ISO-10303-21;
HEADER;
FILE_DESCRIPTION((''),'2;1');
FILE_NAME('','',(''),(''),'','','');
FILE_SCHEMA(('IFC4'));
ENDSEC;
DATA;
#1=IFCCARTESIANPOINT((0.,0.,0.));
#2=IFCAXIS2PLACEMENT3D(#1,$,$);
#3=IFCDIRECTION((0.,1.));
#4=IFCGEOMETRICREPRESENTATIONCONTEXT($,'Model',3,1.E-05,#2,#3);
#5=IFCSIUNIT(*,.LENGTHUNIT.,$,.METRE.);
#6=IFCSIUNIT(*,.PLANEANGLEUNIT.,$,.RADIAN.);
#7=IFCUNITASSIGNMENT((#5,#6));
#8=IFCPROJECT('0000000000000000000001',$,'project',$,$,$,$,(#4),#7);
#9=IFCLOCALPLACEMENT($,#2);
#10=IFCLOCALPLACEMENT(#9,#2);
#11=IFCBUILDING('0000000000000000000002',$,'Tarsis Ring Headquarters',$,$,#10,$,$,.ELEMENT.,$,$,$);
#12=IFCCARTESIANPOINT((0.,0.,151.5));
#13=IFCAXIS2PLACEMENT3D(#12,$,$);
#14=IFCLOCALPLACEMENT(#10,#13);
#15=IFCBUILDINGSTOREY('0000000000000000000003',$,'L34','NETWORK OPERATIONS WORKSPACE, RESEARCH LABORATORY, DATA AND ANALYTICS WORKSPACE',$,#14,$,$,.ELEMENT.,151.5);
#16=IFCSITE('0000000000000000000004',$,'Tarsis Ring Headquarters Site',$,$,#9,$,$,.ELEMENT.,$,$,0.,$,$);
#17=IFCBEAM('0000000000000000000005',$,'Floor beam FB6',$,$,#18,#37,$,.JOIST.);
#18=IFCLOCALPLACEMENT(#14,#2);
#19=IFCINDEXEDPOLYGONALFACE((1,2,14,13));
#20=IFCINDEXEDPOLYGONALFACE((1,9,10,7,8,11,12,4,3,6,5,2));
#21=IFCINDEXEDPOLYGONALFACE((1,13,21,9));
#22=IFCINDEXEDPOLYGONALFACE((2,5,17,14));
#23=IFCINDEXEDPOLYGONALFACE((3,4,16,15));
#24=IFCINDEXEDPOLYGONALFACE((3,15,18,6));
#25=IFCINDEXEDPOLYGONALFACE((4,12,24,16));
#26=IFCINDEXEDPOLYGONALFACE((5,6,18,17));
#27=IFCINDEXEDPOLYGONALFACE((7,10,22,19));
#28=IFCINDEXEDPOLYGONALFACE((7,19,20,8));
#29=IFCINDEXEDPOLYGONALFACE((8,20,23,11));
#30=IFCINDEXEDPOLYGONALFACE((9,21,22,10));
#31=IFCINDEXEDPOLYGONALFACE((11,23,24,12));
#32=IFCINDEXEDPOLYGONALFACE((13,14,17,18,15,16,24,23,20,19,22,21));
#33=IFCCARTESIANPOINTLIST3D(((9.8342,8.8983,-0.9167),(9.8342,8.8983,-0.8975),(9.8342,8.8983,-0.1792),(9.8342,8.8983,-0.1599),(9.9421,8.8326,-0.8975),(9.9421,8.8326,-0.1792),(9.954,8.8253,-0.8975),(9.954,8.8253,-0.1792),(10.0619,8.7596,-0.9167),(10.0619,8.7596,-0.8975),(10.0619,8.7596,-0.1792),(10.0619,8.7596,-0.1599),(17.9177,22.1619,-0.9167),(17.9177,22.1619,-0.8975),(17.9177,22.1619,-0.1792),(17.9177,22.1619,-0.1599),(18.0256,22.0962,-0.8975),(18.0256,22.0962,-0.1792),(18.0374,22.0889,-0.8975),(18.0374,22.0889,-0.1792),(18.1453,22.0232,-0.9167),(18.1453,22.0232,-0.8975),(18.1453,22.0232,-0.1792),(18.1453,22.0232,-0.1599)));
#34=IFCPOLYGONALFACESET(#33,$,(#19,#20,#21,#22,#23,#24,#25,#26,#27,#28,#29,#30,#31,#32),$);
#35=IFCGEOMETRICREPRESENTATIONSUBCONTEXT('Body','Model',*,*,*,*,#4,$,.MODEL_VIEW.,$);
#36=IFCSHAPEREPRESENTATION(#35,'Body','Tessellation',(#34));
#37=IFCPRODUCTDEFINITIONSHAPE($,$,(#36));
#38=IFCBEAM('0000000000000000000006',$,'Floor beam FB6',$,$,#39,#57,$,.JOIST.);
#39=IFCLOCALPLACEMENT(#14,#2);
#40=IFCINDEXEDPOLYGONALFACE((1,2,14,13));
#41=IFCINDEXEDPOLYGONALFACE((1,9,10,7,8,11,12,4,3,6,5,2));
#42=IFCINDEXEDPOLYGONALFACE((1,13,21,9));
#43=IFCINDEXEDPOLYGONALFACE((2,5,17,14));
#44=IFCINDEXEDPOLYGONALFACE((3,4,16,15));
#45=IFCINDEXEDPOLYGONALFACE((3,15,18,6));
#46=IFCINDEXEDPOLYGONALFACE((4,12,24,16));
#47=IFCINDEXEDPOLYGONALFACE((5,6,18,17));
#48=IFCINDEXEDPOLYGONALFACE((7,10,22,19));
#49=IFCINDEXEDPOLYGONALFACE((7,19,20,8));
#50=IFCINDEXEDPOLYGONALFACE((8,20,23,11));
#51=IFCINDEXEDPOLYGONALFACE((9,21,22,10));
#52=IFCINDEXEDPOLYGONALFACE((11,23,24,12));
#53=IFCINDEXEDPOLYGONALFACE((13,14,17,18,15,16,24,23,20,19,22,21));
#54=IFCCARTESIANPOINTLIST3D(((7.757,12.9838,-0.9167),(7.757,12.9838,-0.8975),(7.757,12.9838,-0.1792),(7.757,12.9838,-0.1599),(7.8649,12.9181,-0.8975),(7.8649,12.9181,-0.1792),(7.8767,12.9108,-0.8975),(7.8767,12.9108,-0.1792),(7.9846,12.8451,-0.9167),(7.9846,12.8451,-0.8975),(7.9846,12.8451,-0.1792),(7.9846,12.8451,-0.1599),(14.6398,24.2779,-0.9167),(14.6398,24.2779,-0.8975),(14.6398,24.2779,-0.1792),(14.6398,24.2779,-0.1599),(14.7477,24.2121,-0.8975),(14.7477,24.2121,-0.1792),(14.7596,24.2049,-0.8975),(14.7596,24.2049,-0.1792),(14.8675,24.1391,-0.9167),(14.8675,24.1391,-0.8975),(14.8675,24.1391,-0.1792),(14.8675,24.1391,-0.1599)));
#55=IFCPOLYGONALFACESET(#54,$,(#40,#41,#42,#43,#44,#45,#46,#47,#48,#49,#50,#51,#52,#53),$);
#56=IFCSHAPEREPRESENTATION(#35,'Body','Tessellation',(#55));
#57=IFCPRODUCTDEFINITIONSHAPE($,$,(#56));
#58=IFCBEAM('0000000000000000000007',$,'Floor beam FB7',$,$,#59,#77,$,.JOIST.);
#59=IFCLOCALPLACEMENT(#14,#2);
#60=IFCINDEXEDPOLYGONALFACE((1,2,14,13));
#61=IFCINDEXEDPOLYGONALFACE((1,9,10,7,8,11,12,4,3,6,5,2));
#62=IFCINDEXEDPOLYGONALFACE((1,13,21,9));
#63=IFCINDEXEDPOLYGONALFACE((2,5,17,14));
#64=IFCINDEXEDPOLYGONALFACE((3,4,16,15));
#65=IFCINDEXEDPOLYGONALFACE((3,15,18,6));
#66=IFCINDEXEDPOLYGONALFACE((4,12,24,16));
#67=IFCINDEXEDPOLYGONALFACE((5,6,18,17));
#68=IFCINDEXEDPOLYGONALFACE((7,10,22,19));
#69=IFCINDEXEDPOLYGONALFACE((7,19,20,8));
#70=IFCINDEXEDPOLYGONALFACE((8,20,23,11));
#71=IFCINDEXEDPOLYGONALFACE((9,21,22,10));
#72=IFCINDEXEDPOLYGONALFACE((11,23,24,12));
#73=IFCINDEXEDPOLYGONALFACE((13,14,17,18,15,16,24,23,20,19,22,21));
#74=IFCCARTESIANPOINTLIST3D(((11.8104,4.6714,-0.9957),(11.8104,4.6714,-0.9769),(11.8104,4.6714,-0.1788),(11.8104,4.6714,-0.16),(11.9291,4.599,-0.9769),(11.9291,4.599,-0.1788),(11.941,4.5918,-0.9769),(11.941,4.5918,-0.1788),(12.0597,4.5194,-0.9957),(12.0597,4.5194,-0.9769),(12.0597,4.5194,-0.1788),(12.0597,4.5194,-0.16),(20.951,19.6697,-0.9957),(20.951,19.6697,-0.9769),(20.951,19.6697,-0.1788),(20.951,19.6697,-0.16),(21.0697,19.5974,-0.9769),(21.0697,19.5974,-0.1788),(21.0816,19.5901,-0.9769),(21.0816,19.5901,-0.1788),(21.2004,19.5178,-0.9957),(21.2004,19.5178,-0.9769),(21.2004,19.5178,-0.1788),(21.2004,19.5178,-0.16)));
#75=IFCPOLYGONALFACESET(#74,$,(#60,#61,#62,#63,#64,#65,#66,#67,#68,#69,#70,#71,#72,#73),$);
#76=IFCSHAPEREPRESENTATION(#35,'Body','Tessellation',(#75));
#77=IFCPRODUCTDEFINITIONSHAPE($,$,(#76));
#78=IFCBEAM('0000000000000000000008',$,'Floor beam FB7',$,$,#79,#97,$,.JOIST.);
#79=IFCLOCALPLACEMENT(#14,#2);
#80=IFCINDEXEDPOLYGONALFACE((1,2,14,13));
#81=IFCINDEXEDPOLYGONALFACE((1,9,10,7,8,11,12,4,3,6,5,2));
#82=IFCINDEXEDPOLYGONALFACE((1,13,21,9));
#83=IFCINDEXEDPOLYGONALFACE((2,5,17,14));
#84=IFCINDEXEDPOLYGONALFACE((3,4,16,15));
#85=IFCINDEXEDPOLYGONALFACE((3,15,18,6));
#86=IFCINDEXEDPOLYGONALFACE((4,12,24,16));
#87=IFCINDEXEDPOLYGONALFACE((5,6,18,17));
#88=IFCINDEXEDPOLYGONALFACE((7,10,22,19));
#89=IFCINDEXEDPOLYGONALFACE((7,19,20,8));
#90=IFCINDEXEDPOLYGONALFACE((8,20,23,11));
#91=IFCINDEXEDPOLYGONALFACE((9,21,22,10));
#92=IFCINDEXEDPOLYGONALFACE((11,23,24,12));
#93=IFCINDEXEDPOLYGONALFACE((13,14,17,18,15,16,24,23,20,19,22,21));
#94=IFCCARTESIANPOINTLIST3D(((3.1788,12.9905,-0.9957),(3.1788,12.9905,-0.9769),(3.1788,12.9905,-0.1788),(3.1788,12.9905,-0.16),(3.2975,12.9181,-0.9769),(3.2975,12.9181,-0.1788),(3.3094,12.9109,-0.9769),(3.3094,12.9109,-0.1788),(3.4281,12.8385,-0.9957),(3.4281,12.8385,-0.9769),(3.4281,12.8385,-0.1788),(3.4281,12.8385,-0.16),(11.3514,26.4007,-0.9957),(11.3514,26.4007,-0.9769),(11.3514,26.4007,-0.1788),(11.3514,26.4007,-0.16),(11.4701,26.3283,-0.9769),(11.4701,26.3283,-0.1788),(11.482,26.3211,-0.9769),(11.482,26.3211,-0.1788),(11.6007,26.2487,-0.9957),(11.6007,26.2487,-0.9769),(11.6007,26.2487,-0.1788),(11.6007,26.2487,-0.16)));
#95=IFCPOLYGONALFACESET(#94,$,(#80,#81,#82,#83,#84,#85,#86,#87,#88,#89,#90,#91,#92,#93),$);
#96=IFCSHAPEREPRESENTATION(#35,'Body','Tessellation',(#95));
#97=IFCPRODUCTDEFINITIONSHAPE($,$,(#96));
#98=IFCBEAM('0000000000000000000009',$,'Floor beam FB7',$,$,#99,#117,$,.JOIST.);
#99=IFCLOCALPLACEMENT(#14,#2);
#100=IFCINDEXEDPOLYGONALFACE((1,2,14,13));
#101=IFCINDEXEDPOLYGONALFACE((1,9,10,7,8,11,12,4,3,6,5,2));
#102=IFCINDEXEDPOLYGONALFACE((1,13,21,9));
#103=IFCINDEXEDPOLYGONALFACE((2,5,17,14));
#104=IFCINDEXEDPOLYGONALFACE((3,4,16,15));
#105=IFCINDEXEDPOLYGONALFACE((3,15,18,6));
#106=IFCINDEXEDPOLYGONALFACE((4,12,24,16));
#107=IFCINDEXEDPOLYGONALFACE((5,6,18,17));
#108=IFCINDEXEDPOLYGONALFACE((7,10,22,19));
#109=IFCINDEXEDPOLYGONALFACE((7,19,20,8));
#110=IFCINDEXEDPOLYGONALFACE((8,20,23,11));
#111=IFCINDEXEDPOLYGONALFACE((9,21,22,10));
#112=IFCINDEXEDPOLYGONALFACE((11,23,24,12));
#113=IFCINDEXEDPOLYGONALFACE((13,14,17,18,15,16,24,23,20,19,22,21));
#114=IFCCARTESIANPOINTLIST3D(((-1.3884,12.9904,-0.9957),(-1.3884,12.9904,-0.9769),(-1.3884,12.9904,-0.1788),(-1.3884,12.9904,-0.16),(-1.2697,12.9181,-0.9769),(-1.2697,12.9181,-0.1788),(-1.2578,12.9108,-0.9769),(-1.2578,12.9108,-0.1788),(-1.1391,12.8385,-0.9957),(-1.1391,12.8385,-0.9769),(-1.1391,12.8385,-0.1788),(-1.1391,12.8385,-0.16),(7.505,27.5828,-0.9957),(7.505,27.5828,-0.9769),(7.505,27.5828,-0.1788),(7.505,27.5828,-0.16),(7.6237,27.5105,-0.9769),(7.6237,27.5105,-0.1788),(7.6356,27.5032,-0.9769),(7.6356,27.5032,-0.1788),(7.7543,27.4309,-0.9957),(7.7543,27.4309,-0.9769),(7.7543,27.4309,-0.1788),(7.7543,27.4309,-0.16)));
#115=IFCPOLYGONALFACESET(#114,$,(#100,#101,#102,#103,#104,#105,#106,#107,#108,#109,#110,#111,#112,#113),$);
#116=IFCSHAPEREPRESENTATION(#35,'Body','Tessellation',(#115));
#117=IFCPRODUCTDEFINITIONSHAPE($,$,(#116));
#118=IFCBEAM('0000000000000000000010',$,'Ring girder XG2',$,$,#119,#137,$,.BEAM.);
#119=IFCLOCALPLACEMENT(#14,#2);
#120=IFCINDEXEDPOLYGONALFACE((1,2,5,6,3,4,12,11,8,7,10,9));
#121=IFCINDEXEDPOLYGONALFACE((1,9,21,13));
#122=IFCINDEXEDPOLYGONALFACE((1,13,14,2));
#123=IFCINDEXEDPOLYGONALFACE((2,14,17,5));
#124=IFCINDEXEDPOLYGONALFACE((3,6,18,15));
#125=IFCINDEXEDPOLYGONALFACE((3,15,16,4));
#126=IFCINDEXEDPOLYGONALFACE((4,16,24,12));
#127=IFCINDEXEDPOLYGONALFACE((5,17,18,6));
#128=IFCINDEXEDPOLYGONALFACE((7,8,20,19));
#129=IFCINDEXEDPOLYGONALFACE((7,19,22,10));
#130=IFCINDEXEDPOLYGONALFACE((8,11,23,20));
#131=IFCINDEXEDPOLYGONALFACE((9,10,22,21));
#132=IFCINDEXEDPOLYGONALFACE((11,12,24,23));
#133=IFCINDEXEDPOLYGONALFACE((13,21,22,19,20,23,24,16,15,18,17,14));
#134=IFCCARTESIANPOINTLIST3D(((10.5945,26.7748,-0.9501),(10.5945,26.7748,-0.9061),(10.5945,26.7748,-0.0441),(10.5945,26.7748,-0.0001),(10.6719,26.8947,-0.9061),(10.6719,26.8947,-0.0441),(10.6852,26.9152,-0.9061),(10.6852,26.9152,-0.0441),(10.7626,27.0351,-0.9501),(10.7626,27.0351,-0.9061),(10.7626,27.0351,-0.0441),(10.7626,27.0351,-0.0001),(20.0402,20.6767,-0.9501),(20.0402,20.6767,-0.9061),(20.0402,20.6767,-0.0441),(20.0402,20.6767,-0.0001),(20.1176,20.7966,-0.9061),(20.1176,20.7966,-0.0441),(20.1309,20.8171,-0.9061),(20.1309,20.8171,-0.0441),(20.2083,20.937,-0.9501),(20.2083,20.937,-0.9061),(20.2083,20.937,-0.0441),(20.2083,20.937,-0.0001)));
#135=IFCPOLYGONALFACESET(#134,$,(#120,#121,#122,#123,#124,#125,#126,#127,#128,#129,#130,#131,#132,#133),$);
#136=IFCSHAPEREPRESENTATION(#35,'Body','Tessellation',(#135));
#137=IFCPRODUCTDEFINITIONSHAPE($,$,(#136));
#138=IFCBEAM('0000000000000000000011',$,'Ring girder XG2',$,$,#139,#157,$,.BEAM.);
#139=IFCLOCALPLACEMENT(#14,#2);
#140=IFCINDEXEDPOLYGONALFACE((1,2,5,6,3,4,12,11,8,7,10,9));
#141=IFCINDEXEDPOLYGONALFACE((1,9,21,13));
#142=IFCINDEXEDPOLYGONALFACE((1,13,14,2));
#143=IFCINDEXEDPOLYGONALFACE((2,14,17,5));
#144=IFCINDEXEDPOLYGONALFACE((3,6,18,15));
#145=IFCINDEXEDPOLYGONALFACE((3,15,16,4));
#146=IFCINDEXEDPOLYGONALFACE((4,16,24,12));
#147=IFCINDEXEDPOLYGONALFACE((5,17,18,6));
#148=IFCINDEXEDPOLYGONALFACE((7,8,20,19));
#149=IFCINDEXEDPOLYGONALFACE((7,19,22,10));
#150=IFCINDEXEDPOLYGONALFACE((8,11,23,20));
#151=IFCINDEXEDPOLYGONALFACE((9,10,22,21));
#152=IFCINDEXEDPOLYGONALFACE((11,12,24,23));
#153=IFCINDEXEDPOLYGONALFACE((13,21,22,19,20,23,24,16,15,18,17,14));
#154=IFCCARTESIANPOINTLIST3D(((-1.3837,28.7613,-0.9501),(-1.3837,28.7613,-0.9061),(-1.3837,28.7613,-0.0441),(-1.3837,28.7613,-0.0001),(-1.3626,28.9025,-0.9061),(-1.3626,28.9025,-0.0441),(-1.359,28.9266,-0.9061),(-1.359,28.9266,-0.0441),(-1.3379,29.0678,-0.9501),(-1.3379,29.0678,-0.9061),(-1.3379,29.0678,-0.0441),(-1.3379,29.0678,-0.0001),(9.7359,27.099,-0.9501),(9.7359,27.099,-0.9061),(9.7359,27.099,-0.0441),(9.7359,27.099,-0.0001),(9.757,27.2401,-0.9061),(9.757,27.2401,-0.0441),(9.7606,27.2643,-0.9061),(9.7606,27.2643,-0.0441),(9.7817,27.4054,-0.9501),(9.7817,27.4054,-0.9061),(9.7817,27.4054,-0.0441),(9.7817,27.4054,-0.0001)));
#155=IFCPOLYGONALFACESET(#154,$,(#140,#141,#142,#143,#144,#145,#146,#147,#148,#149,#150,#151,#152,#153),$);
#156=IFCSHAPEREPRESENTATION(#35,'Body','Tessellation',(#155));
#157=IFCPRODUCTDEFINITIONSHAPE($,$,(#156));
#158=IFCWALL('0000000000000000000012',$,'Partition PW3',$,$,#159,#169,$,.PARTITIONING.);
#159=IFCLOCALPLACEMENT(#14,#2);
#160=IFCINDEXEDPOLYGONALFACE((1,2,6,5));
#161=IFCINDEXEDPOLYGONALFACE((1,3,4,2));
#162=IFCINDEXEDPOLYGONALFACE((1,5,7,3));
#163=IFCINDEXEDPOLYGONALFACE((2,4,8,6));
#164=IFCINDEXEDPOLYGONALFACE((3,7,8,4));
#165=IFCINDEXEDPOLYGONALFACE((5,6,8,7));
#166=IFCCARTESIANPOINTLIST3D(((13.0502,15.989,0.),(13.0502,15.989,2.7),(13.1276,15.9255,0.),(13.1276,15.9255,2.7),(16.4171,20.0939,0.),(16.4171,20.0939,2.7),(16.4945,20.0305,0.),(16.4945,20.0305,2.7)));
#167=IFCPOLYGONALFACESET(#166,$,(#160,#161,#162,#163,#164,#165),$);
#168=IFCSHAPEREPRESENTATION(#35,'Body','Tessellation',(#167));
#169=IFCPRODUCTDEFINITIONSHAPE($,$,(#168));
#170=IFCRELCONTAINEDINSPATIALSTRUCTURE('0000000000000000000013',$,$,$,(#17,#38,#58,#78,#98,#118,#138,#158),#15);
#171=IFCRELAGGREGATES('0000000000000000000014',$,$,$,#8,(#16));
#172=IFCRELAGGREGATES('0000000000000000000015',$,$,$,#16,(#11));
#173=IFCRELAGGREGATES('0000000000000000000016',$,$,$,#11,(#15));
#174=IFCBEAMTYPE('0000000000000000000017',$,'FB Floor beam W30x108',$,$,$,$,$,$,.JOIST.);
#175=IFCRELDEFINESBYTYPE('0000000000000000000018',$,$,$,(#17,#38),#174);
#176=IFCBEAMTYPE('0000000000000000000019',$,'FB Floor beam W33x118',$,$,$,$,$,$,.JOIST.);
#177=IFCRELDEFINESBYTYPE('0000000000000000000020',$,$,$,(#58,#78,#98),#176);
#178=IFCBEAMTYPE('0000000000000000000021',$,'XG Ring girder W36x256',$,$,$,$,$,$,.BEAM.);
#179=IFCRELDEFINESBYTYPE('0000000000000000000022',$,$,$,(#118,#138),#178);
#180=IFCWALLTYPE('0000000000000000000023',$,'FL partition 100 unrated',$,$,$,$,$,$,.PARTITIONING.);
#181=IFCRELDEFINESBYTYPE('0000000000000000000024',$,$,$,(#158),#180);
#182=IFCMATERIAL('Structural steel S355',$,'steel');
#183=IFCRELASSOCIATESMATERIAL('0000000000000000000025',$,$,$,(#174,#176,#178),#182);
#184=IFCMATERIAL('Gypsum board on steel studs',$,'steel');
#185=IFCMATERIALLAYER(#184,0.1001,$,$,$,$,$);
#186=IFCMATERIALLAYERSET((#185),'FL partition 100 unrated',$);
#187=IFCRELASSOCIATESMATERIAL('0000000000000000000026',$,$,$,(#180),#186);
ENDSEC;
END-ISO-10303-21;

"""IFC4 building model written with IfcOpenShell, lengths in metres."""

from ifc_helpers import new_model, si_unit, direction, frame, frame_2d, origin, origin_2d, place, context, subcontext, project, spatial, rectangle, i_section, extrude, material, layer, layer_set, material_profile, profile_set, type_object, element, save


model = new_model("IFC4")

# Units and contexts
model_context = context("Model", 3, precision=1e-05, world=origin(), true_north=direction((0.0, 1.0)))
body_context = subcontext(model_context, "Body", "Model", "MODEL_VIEW")
ifc_project = project(units=[si_unit("LENGTHUNIT", "METRE"), si_unit("PLANEANGLEUNIT", "RADIAN")], contexts=[model_context])

# Site, building, storey
site_placement = place(None, origin())
site = spatial("IfcSite", under=ifc_project, at=site_placement, Name="Tarsis Ring Headquarters Site", CompositionType="ELEMENT", RefElevation=0.0)
building_placement = place(site_placement, origin())
building = spatial("IfcBuilding", under=site, at=building_placement, Name="Tarsis Ring Headquarters", CompositionType="ELEMENT")
storey_placement = place(building_placement, frame((0.0, 0.0, 151.5)))
storey = spatial("IfcBuildingStorey", under=building, at=storey_placement, Name="L34", Description="NETWORK OPERATIONS WORKSPACE, RESEARCH LABORATORY, DATA AND ANALYTICS WORKSPACE", CompositionType="ELEMENT", Elevation=151.5)

# Shared definitions
ifc_material_1 = material(Name="Structural steel S355", Category="steel")

# Beams
ifc_material_profile_1 = material_profile(ifc_material_1, i_section(OverallWidth=0.2666, OverallDepth=0.7568, WebThickness=0.0139, FlangeThickness=0.0193, at=origin_2d()), Name="W30x108")
ifc_profile_set_1 = profile_set([ifc_material_profile_1], Name="Structural steel S355")
beam_type_1 = type_object("IfcBeamType", Name="FB Floor beam W30x108", PredefinedType="JOIST", material=ifc_profile_set_1)
beam_1_placement = place(storey_placement, frame((18.0315, 22.0925, -0.5383), z_axis=(-0.520415, -0.853914, 0.0), x_axis=(0.853914, -0.520415, 0.0)))
element("IfcBeam", 1, at=beam_1_placement, inside=storey, type_object=beam_type_1, Name="Floor beam FB6", PredefinedType="JOIST", context=body_context, shape_type="SweptSolid", body=[
    extrude(i_section(OverallWidth=0.2666, OverallDepth=0.7568, WebThickness=0.0139, FlangeThickness=0.0193, at=origin_2d()), origin(), (0.0, 0.0, 1.0), 15.5327),
])
beam_2_placement = place(storey_placement, frame((14.7537, 24.2085, -0.5383), z_axis=(-0.520401, -0.853922, 0.0), x_axis=(0.853922, -0.520401, 0.0)))
element("IfcBeam", 2, at=beam_2_placement, inside=storey, type_object=beam_type_1, Name="Floor beam FB6", PredefinedType="JOIST", context=body_context, shape_type="SweptSolid", body=[
    extrude(i_section(OverallWidth=0.2666, OverallDepth=0.7568, WebThickness=0.0139, FlangeThickness=0.0193, at=origin_2d()), origin(), (0.0, 0.0, 1.0), 13.2261),
])
ifc_material_profile_2 = material_profile(ifc_material_1, i_section(OverallWidth=0.292, OverallDepth=0.8357, WebThickness=0.0139, FlangeThickness=0.0188, at=origin_2d()), Name="W33x118")
ifc_profile_set_2 = profile_set([ifc_material_profile_2], Name="Structural steel S355")
beam_type_2 = type_object("IfcBeamType", Name="FB Floor beam W33x118", PredefinedType="JOIST", material=ifc_profile_set_2)
beam_3_placement = place(storey_placement, frame((21.0757, 19.5938, -0.5779), z_axis=(-0.520413, -0.853914, 0.0), x_axis=(0.853914, -0.520413, 0.0)))
element("IfcBeam", 3, at=beam_3_placement, inside=storey, type_object=beam_type_2, Name="Floor beam FB7", PredefinedType="JOIST", context=body_context, shape_type="SweptSolid", body=[
    extrude(i_section(OverallWidth=0.292, OverallDepth=0.8357, WebThickness=0.0139, FlangeThickness=0.0188, at=origin_2d()), origin(), (0.0, 0.0, 1.0), 17.5642),
])
beam_4_placement = place(storey_placement, frame((11.4761, 26.3247, -0.5779), z_axis=(-0.520407, -0.853918, 0.0), x_axis=(0.853918, -0.520407, 0.0)))
element("IfcBeam", 4, at=beam_4_placement, inside=storey, type_object=beam_type_2, Name="Floor beam FB7", PredefinedType="JOIST", context=body_context, shape_type="SweptSolid", body=[
    extrude(i_section(OverallWidth=0.292, OverallDepth=0.8357, WebThickness=0.0139, FlangeThickness=0.0188, at=origin_2d()), origin(), (0.0, 0.0, 1.0), 15.7043),
])
beam_5_placement = place(storey_placement, frame((7.6296, 27.5068, -0.5779), z_axis=(-0.520419, -0.853911, 0.0), x_axis=(0.853911, -0.520419, 0.0)))
element("IfcBeam", 5, at=beam_5_placement, inside=storey, type_object=beam_type_2, Name="Floor beam FB7", PredefinedType="JOIST", context=body_context, shape_type="SweptSolid", body=[
    extrude(i_section(OverallWidth=0.292, OverallDepth=0.8357, WebThickness=0.0139, FlangeThickness=0.0188, at=origin_2d()), origin(), (0.0, 0.0, 1.0), 17.0889),
])
ifc_material_profile_3 = material_profile(ifc_material_1, i_section(OverallWidth=0.3098, OverallDepth=0.95, WebThickness=0.0244, FlangeThickness=0.0439, at=origin_2d()), Name="W36x256")
ifc_profile_set_3 = profile_set([ifc_material_profile_3], Name="Structural steel S355")
beam_type_3 = type_object("IfcBeamType", Name="XG Ring girder W36x256", PredefinedType="BEAM", material=ifc_profile_set_3)
for number, where, z_axis, x_axis, name in (
    (6, (20.1243, 20.8069, -0.4751), (-0.840131, 0.542383, 0.0), (-0.542383, -0.840131, 0.0), "Ring girder XG2"),
    (7, (9.7588, 27.2522, -0.4751), (-0.989009, 0.147854, 0.0), (-0.147854, -0.989009, 0.0), "Ring girder XG2"),
):
    element("IfcBeam", number, at=place(storey_placement, frame(where, z_axis=z_axis, x_axis=x_axis)), inside=storey, type_object=beam_type_3, Name=name, PredefinedType="BEAM", context=body_context, shape_type="SweptSolid", body=[
        extrude(i_section(OverallWidth=0.3098, OverallDepth=0.95, WebThickness=0.0244, FlangeThickness=0.0439, at=origin_2d()), origin(), (0.0, 0.0, 1.0), 11.2432),
    ])

# Wall
ifc_material_2 = material(Name="Gypsum board on steel studs", Category="steel")
ifc_layer_1 = layer(ifc_material_2, 0.1001)
ifc_layer_set_1 = layer_set([ifc_layer_1], Name="FL partition 100 unrated")
wall_type_1 = type_object("IfcWallType", Name="FL partition 100 unrated", PredefinedType="PARTITIONING", material=ifc_layer_set_1)
wall_1_placement = place(storey_placement, frame((13.0889, 15.9573, 0.0), z_axis=(0.0, 0.0, 1.0), x_axis=(0.634176, 0.773188, 0.0)))
element("IfcWall", 8, at=wall_1_placement, inside=storey, type_object=wall_type_1, Name="Partition PW3", PredefinedType="PARTITIONING", context=body_context, shape_type="SweptSolid", body=[
    extrude(rectangle(XDim=5.3091, YDim=0.1001, at=frame_2d((2.6545, 0.0))), origin(), (0.0, 0.0, 1.0), 2.7),
])

save(model, "model.ifc")
